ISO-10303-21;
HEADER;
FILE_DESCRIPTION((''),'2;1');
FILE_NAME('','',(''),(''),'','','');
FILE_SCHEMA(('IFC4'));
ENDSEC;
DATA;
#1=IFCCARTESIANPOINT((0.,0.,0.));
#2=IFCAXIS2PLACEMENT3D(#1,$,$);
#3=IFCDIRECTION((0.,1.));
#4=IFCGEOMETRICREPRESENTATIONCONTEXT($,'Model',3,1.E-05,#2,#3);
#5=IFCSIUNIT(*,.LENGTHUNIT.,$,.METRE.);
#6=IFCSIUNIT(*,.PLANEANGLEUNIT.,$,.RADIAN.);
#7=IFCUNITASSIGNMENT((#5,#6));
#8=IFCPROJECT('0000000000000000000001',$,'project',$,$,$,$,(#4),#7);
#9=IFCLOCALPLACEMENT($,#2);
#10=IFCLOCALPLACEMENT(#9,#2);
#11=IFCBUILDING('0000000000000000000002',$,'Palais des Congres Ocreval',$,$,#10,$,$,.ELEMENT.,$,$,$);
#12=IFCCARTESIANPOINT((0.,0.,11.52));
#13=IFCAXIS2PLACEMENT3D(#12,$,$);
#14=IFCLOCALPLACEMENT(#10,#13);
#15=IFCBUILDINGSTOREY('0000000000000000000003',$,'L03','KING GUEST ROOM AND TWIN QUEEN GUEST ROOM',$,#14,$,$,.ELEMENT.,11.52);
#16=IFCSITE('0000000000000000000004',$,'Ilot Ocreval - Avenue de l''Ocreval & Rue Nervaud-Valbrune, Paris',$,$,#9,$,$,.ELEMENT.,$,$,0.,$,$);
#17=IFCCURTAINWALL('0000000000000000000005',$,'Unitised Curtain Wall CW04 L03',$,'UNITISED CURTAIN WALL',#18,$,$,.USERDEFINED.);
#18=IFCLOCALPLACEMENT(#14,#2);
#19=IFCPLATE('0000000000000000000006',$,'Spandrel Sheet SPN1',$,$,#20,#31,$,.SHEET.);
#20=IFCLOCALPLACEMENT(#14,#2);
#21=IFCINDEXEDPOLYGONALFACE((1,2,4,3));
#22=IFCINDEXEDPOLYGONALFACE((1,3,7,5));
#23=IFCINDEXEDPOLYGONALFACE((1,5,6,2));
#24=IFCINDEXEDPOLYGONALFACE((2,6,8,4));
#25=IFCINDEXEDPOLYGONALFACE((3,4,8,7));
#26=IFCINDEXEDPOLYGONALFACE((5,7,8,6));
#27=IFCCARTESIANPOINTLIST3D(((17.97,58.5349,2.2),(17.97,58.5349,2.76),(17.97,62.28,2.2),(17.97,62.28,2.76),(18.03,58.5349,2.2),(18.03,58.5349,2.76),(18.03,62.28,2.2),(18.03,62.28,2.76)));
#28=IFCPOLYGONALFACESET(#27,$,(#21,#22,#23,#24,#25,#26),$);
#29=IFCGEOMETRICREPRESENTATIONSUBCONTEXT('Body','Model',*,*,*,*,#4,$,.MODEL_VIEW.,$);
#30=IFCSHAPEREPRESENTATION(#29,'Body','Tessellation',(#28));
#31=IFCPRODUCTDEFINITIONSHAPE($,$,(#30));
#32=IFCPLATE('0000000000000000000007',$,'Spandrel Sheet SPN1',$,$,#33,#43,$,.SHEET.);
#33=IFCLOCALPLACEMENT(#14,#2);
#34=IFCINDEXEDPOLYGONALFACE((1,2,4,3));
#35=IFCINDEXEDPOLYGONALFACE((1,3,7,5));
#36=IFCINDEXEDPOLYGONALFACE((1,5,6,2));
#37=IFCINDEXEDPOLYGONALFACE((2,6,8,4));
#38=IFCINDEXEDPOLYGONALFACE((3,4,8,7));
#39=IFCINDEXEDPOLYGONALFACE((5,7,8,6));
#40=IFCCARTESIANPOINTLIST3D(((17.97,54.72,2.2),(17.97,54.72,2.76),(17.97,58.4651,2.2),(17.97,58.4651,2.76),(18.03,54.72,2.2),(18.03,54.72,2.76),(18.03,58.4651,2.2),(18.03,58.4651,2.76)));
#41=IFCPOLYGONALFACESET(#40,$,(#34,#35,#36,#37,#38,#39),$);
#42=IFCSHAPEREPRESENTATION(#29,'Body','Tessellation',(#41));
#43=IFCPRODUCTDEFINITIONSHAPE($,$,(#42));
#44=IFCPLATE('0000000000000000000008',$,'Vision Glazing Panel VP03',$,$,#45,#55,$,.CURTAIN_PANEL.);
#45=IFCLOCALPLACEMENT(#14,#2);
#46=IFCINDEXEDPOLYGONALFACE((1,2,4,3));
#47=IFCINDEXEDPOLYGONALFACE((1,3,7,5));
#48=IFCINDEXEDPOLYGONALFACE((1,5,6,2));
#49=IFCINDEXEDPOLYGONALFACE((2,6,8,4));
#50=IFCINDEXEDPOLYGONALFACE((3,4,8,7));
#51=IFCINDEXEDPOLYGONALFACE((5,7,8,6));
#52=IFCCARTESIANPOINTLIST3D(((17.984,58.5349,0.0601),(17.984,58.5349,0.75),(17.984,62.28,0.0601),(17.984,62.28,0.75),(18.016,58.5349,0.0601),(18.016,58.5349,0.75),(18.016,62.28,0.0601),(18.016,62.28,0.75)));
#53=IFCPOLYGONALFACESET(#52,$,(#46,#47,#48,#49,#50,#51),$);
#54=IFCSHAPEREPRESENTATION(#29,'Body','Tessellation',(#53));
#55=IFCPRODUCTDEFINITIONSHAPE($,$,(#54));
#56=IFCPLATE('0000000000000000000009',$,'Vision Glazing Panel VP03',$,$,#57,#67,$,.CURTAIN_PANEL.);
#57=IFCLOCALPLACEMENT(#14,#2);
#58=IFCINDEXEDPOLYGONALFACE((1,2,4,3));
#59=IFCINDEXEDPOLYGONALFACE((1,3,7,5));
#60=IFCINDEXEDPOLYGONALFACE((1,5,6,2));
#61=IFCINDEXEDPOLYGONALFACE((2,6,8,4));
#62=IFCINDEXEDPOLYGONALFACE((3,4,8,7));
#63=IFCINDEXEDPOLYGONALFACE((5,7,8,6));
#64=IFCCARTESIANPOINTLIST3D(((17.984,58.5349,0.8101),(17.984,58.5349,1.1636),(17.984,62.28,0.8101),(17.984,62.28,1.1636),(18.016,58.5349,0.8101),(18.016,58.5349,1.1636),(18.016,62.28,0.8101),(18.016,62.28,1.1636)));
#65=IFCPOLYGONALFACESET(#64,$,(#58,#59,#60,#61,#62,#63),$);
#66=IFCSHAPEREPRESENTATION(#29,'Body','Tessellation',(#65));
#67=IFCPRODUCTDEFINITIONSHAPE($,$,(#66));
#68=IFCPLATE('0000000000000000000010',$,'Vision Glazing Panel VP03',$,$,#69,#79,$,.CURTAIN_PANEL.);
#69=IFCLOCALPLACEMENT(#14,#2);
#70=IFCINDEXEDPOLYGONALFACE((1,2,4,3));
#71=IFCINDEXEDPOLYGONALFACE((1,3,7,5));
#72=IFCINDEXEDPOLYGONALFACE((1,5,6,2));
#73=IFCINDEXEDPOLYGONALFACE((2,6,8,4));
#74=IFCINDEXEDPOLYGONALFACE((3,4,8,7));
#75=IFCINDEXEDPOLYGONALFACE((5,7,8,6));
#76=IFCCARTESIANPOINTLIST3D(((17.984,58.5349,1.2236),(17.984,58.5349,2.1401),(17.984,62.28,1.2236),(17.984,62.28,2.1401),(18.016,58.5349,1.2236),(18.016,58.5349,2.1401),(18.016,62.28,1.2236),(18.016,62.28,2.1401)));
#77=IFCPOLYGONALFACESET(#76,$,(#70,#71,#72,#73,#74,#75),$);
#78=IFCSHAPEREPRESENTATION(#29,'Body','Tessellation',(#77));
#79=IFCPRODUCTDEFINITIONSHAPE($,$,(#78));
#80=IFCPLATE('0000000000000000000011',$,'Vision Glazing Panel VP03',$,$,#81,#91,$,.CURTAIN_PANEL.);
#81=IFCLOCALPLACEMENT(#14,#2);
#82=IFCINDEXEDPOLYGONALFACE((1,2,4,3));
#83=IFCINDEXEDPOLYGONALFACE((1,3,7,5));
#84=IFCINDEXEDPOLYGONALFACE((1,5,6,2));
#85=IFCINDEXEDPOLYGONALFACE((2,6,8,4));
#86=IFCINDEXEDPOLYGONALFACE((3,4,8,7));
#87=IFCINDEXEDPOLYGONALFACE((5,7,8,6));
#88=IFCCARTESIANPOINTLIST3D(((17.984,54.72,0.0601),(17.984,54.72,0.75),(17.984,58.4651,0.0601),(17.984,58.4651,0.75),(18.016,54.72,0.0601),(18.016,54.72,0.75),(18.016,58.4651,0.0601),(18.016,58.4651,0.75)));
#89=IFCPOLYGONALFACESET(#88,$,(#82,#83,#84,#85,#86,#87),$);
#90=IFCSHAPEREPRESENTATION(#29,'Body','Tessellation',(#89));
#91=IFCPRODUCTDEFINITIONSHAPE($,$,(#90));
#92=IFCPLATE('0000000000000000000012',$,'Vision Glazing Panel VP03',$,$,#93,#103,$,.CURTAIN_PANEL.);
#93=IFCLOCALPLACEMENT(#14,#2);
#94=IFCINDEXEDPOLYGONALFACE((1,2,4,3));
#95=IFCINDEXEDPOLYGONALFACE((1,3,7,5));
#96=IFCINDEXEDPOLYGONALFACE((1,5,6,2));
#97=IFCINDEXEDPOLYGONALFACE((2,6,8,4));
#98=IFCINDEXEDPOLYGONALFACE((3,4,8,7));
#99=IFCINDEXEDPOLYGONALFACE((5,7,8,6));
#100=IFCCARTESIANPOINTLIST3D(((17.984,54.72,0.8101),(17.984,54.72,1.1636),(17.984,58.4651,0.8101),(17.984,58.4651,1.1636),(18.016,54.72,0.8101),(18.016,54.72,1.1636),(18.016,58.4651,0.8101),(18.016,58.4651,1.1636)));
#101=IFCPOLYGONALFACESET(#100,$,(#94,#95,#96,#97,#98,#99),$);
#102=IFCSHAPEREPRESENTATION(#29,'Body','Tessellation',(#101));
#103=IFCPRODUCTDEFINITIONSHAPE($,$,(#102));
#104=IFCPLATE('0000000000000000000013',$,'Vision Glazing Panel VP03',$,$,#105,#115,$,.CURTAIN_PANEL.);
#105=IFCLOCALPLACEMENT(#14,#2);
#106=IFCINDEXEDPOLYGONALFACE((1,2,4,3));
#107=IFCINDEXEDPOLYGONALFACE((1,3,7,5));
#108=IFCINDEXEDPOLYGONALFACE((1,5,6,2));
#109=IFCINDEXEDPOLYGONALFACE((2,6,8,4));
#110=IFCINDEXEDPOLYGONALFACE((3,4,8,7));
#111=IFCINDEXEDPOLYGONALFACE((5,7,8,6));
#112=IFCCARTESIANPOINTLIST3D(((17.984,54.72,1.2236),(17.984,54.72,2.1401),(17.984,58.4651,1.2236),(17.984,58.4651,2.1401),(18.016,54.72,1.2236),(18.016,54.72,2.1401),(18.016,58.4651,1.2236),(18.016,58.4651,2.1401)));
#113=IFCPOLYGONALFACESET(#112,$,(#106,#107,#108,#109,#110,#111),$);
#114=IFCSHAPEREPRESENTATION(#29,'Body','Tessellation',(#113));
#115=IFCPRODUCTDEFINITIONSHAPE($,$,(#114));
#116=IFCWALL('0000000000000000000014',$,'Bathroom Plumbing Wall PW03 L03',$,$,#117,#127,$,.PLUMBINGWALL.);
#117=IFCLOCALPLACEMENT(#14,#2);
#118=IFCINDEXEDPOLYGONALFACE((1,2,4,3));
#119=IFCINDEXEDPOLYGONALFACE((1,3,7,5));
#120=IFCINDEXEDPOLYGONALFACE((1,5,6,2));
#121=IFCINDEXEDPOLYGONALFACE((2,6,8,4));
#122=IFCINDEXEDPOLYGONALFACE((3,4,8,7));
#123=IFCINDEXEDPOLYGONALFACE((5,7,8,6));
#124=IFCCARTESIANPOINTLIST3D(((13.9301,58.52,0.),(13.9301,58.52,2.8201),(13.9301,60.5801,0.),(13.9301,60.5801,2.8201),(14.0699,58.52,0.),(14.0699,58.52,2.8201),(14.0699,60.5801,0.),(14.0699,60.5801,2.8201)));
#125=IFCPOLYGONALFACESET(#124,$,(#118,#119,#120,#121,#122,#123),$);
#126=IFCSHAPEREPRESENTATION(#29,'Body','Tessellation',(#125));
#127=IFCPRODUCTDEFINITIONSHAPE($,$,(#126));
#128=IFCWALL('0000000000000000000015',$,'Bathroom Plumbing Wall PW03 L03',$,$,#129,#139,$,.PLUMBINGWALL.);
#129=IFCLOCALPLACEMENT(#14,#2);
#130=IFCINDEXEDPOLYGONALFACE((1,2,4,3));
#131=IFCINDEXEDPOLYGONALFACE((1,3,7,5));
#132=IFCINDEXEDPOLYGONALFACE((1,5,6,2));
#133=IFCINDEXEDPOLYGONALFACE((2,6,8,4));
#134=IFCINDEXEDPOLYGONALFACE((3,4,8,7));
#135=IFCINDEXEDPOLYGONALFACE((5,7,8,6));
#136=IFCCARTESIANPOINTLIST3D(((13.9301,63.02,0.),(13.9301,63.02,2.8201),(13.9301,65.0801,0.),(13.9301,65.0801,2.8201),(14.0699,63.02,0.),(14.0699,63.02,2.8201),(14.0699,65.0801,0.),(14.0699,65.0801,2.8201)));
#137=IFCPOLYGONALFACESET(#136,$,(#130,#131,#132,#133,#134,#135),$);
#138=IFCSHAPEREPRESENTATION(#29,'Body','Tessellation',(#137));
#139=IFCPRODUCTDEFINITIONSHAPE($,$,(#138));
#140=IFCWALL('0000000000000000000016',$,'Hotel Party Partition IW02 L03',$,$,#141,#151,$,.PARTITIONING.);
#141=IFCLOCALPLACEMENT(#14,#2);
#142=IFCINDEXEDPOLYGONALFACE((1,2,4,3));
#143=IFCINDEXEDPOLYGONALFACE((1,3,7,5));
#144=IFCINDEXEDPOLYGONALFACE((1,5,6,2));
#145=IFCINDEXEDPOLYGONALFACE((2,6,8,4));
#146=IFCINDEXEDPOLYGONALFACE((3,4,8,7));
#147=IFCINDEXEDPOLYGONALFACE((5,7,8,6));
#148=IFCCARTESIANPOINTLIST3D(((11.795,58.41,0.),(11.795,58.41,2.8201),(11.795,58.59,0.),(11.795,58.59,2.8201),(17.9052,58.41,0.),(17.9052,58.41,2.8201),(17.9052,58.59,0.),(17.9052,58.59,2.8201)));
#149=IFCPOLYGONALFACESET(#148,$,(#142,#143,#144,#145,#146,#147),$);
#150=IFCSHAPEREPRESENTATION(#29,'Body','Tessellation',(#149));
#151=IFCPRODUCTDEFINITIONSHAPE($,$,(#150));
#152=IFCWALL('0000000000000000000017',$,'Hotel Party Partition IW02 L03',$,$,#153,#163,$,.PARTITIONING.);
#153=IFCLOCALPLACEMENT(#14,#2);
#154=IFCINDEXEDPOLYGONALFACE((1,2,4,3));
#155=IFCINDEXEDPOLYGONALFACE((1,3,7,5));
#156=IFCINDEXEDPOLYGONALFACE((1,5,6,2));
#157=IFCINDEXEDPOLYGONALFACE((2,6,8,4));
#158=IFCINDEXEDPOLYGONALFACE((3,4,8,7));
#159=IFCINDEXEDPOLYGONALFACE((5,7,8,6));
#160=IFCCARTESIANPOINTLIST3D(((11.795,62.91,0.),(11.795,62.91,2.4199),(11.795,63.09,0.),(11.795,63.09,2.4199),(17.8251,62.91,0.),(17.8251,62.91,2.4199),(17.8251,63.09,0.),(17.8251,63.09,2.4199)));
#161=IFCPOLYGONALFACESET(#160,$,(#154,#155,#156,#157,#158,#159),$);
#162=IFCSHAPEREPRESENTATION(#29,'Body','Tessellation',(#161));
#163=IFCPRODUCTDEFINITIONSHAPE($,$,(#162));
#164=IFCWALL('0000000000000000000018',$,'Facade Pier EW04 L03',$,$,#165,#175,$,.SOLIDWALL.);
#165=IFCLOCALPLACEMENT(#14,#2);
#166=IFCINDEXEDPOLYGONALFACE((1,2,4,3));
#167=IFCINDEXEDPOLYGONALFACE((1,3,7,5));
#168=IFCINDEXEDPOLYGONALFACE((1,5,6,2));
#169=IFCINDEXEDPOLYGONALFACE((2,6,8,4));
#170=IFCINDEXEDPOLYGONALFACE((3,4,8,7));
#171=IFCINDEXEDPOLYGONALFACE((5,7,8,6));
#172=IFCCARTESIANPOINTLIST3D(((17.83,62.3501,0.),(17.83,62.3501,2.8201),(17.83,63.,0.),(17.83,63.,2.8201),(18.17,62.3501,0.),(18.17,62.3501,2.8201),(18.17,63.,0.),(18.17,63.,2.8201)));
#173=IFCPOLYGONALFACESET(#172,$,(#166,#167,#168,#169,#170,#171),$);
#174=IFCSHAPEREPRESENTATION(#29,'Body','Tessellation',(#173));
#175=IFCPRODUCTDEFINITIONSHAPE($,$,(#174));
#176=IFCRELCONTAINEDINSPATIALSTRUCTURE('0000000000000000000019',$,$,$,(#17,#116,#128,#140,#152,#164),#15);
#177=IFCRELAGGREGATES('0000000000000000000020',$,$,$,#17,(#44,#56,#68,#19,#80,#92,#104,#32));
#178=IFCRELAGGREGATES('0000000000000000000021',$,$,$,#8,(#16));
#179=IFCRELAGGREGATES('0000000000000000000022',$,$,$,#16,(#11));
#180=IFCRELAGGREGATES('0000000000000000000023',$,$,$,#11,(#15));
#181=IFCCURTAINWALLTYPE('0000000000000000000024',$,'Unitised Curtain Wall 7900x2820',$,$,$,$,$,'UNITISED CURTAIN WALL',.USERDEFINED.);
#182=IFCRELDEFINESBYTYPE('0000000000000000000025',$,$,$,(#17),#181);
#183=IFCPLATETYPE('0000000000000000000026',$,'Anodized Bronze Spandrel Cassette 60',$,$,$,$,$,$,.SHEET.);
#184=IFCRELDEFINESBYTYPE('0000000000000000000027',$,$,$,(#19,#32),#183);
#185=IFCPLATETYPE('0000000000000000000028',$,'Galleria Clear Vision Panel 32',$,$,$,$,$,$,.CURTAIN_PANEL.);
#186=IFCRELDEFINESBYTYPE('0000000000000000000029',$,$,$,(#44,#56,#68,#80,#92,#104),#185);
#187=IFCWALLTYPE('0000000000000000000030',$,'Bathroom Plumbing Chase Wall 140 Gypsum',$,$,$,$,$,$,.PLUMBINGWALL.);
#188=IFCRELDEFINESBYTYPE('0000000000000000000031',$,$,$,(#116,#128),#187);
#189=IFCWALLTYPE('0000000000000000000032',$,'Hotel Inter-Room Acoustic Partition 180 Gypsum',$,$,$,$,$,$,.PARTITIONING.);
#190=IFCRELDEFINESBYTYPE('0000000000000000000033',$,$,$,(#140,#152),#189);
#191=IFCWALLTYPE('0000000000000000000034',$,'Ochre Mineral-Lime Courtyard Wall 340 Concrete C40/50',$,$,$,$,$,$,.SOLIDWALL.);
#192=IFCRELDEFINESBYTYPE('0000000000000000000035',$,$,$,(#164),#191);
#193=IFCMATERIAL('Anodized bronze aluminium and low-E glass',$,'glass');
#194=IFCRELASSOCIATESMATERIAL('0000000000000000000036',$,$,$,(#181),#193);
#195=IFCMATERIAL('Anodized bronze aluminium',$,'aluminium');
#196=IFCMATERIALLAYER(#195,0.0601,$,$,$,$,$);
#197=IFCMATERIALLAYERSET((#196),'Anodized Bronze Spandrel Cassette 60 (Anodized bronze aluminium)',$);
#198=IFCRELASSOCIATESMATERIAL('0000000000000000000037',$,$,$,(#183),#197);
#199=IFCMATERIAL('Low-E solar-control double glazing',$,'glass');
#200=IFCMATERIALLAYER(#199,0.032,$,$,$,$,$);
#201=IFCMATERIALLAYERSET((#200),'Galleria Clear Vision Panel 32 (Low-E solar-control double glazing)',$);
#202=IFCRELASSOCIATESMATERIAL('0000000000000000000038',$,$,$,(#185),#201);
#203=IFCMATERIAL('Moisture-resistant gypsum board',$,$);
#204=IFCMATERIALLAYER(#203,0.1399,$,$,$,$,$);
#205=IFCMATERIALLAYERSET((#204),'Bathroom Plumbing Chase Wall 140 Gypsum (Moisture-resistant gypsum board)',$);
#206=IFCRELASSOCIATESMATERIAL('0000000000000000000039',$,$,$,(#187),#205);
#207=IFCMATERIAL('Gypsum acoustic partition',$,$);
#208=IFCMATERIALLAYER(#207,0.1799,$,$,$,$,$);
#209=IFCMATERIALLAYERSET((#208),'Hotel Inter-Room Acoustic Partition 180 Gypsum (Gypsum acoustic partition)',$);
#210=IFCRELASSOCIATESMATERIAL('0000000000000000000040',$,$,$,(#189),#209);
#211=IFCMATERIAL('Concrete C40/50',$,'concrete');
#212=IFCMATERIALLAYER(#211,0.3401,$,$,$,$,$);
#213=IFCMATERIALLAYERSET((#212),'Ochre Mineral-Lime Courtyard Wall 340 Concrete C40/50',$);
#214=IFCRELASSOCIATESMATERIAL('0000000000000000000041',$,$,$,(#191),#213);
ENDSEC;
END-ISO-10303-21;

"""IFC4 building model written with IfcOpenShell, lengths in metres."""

from ifc_helpers import new_model, si_unit, direction, frame, frame_2d, origin, origin_2d, place, context, subcontext, project, spatial, rectangle, extrude, material, layer, layer_set, type_object, element, aggregate, save


model = new_model("IFC4")

# Units and contexts
model_context = context("Model", 3, precision=1e-05, world=origin(), true_north=direction((0.0, 1.0)))
body_context = subcontext(model_context, "Body", "Model", "MODEL_VIEW")
ifc_project = project(units=[si_unit("LENGTHUNIT", "METRE"), si_unit("PLANEANGLEUNIT", "RADIAN")], contexts=[model_context])

# Site, building, storey
site_placement = place(None, origin())
site = spatial("IfcSite", under=ifc_project, at=site_placement, Name="Ilot Ocreval - Avenue de l'Ocreval & Rue Nervaud-Valbrune, Paris", CompositionType="ELEMENT", RefElevation=0.0)
building_placement = place(site_placement, origin())
building = spatial("IfcBuilding", under=site, at=building_placement, Name="Palais des Congres Ocreval", CompositionType="ELEMENT")
storey_placement = place(building_placement, frame((0.0, 0.0, 11.52)))
storey = spatial("IfcBuildingStorey", under=building, at=storey_placement, Name="L03", Description="KING GUEST ROOM AND TWIN QUEEN GUEST ROOM", CompositionType="ELEMENT", Elevation=11.52)

# Shared definitions
ifc_material_1 = material(Name="Concrete C40/50", Category="concrete")

# Curtain wall, plates
ifc_material_2 = material(Name="Anodized bronze aluminium and low-E glass", Category="glass")
curtain_wall_type = type_object("IfcCurtainWallType", Name="Unitised Curtain Wall 7900x2820", ElementType="UNITISED CURTAIN WALL", PredefinedType="USERDEFINED", material=ifc_material_2)
curtain_wall_placement = place(storey_placement, origin())
curtain_wall = element("IfcCurtainWall", 1, at=curtain_wall_placement, inside=storey, type_object=curtain_wall_type, Name="Unitised Curtain Wall CW04 L03", ObjectType="UNITISED CURTAIN WALL", PredefinedType="USERDEFINED")
ifc_material_3 = material(Name="Anodized bronze aluminium", Category="aluminium")
ifc_layer_1 = layer(ifc_material_3, 0.0601)
ifc_layer_set_1 = layer_set([ifc_layer_1], Name="Anodized Bronze Spandrel Cassette 60 (Anodized bronze aluminium)")
plate_type_1 = type_object("IfcPlateType", Name="Anodized Bronze Spandrel Cassette 60", PredefinedType="SHEET", material=ifc_layer_set_1)
plate_1_placement = place(storey_placement, frame((18.0, 60.4075, 2.2), z_axis=(0.0, 0.0, 1.0), x_axis=(0.0, -1.0, 0.0)))
plate_1 = element("IfcPlate", 2, at=plate_1_placement, type_object=plate_type_1, Name="Spandrel Sheet SPN1", PredefinedType="SHEET", context=body_context, shape_type="SweptSolid", body=[
    extrude(rectangle(XDim=3.7451, YDim=0.0601, at=origin_2d()), origin(), (0.0, 0.0, 1.0), 0.5601),
])
plate_2_placement = place(storey_placement, frame((18.0, 56.5925, 2.2), z_axis=(0.0, 0.0, 1.0), x_axis=(0.0, -1.0, 0.0)))
plate_2 = element("IfcPlate", 3, at=plate_2_placement, type_object=plate_type_1, Name="Spandrel Sheet SPN1", PredefinedType="SHEET", context=body_context, shape_type="SweptSolid", body=[
    extrude(rectangle(XDim=3.7451, YDim=0.0601, at=origin_2d()), origin(), (0.0, 0.0, 1.0), 0.5601),
])
ifc_material_4 = material(Name="Low-E solar-control double glazing", Category="glass")
ifc_layer_2 = layer(ifc_material_4, 0.032)
ifc_layer_set_2 = layer_set([ifc_layer_2], Name="Galleria Clear Vision Panel 32 (Low-E solar-control double glazing)")
plate_type_2 = type_object("IfcPlateType", Name="Galleria Clear Vision Panel 32", PredefinedType="CURTAIN_PANEL", material=ifc_layer_set_2)
plate_3_placement = place(storey_placement, frame((18.0, 60.4075, 0.0601), z_axis=(0.0, 0.0, 1.0), x_axis=(0.0, -1.0, 0.0)))
plate_3 = element("IfcPlate", 4, at=plate_3_placement, type_object=plate_type_2, Name="Vision Glazing Panel VP03", PredefinedType="CURTAIN_PANEL", context=body_context, shape_type="SweptSolid", body=[
    extrude(rectangle(XDim=3.7451, YDim=0.032, at=origin_2d()), origin(), (0.0, 0.0, 1.0), 0.6899),
])
plate_4_placement = place(storey_placement, frame((18.0, 60.4075, 0.8101), z_axis=(0.0, 0.0, 1.0), x_axis=(0.0, -1.0, 0.0)))
plate_4 = element("IfcPlate", 5, at=plate_4_placement, type_object=plate_type_2, Name="Vision Glazing Panel VP03", PredefinedType="CURTAIN_PANEL", context=body_context, shape_type="SweptSolid", body=[
    extrude(rectangle(XDim=3.7451, YDim=0.032, at=origin_2d()), origin(), (0.0, 0.0, 1.0), 0.3535),
])
plate_5_placement = place(storey_placement, frame((18.0, 60.4075, 1.2236), z_axis=(0.0, 0.0, 1.0), x_axis=(0.0, -1.0, 0.0)))
plate_5 = element("IfcPlate", 6, at=plate_5_placement, type_object=plate_type_2, Name="Vision Glazing Panel VP03", PredefinedType="CURTAIN_PANEL", context=body_context, shape_type="SweptSolid", body=[
    extrude(rectangle(XDim=3.7451, YDim=0.032, at=origin_2d()), origin(), (0.0, 0.0, 1.0), 0.9165),
])
plate_6_placement = place(storey_placement, frame((18.0, 56.5925, 0.0601), z_axis=(0.0, 0.0, 1.0), x_axis=(0.0, -1.0, 0.0)))
plate_6 = element("IfcPlate", 7, at=plate_6_placement, type_object=plate_type_2, Name="Vision Glazing Panel VP03", PredefinedType="CURTAIN_PANEL", context=body_context, shape_type="SweptSolid", body=[
    extrude(rectangle(XDim=3.7451, YDim=0.032, at=origin_2d()), origin(), (0.0, 0.0, 1.0), 0.6899),
])
plate_7_placement = place(storey_placement, frame((18.0, 56.5925, 0.8101), z_axis=(0.0, 0.0, 1.0), x_axis=(0.0, -1.0, 0.0)))
plate_7 = element("IfcPlate", 8, at=plate_7_placement, type_object=plate_type_2, Name="Vision Glazing Panel VP03", PredefinedType="CURTAIN_PANEL", context=body_context, shape_type="SweptSolid", body=[
    extrude(rectangle(XDim=3.7451, YDim=0.032, at=origin_2d()), origin(), (0.0, 0.0, 1.0), 0.3535),
])
plate_8_placement = place(storey_placement, frame((18.0, 56.5925, 1.2236), z_axis=(0.0, 0.0, 1.0), x_axis=(0.0, -1.0, 0.0)))
plate_8 = element("IfcPlate", 9, at=plate_8_placement, type_object=plate_type_2, Name="Vision Glazing Panel VP03", PredefinedType="CURTAIN_PANEL", context=body_context, shape_type="SweptSolid", body=[
    extrude(rectangle(XDim=3.7451, YDim=0.032, at=origin_2d()), origin(), (0.0, 0.0, 1.0), 0.9165),
])
aggregate(curtain_wall, [plate_3, plate_4, plate_5, plate_1, plate_6, plate_7, plate_8, plate_2])

# Walls
ifc_material_5 = material(Name="Moisture-resistant gypsum board")
ifc_layer_3 = layer(ifc_material_5, 0.1399)
ifc_layer_set_3 = layer_set([ifc_layer_3], Name="Bathroom Plumbing Chase Wall 140 Gypsum (Moisture-resistant gypsum board)")
wall_type_1 = type_object("IfcWallType", Name="Bathroom Plumbing Chase Wall 140 Gypsum", PredefinedType="PLUMBINGWALL", material=ifc_layer_set_3)
for number, where, z_axis, x_axis, name in (
    (10, (14.0, 58.52, 0.0), (0.0, 0.0, 1.0), (0.0, 1.0, 0.0), "Bathroom Plumbing Wall PW03 L03"),
    (11, (14.0, 63.02, 0.0), (0.0, 0.0, 1.0), (0.0, 1.0, 0.0), "Bathroom Plumbing Wall PW03 L03"),
):
    element("IfcWall", number, at=place(storey_placement, frame(where, z_axis=z_axis, x_axis=x_axis)), inside=storey, type_object=wall_type_1, Name=name, PredefinedType="PLUMBINGWALL", context=body_context, shape_type="SweptSolid", body=[
        extrude(rectangle(XDim=2.0601, YDim=0.1399, at=frame_2d((1.03, 0.0))), origin(), (0.0, 0.0, 1.0), 2.8201),
    ])

# Shared definitions
ifc_material_6 = material(Name="Gypsum acoustic partition")

# Walls
ifc_layer_4 = layer(ifc_material_6, 0.1799)
ifc_layer_set_4 = layer_set([ifc_layer_4], Name="Hotel Inter-Room Acoustic Partition 180 Gypsum (Gypsum acoustic partition)")
wall_type_2 = type_object("IfcWallType", Name="Hotel Inter-Room Acoustic Partition 180 Gypsum", PredefinedType="PARTITIONING", material=ifc_layer_set_4)
wall_1_placement = place(storey_placement, frame((11.7949, 58.5, 0.0), z_axis=(0.0, 0.0, 1.0), x_axis=(1.0, 0.0, 0.0)))
element("IfcWall", 12, at=wall_1_placement, inside=storey, type_object=wall_type_2, Name="Hotel Party Partition IW02 L03", PredefinedType="PARTITIONING", context=body_context, shape_type="SweptSolid", body=[
    extrude(rectangle(XDim=6.1101, YDim=0.1799, at=frame_2d((3.0552, 0.0))), origin(), (0.0, 0.0, 1.0), 2.8201),
])
wall_2_placement = place(storey_placement, frame((11.7949, 63.0, 0.0), z_axis=(0.0, 0.0, 1.0), x_axis=(1.0, 0.0, 0.0)))
element("IfcWall", 13, at=wall_2_placement, inside=storey, type_object=wall_type_2, Name="Hotel Party Partition IW02 L03", PredefinedType="PARTITIONING", context=body_context, shape_type="SweptSolid", body=[
    extrude(rectangle(XDim=6.03, YDim=0.1799, at=frame_2d((3.0151, 0.0))), origin(), (0.0, 0.0, 1.0), 2.4199),
])
ifc_layer_5 = layer(ifc_material_1, 0.3401)
ifc_layer_set_5 = layer_set([ifc_layer_5], Name="Ochre Mineral-Lime Courtyard Wall 340 Concrete C40/50")
wall_type_3 = type_object("IfcWallType", Name="Ochre Mineral-Lime Courtyard Wall 340 Concrete C40/50", PredefinedType="SOLIDWALL", material=ifc_layer_set_5)
wall_3_placement = place(storey_placement, frame((18.0, 63.0, 0.0), z_axis=(0.0, 0.0, 1.0), x_axis=(0.0, -1.0, 0.0)))
element("IfcWall", 14, at=wall_3_placement, inside=storey, type_object=wall_type_3, Name="Facade Pier EW04 L03", PredefinedType="SOLIDWALL", context=body_context, shape_type="SweptSolid", body=[
    extrude(rectangle(XDim=0.6499, YDim=0.3401, at=frame_2d((0.325, 0.0))), origin(), (0.0, 0.0, 1.0), 2.8201),
])

save(model, "model.ifc")
